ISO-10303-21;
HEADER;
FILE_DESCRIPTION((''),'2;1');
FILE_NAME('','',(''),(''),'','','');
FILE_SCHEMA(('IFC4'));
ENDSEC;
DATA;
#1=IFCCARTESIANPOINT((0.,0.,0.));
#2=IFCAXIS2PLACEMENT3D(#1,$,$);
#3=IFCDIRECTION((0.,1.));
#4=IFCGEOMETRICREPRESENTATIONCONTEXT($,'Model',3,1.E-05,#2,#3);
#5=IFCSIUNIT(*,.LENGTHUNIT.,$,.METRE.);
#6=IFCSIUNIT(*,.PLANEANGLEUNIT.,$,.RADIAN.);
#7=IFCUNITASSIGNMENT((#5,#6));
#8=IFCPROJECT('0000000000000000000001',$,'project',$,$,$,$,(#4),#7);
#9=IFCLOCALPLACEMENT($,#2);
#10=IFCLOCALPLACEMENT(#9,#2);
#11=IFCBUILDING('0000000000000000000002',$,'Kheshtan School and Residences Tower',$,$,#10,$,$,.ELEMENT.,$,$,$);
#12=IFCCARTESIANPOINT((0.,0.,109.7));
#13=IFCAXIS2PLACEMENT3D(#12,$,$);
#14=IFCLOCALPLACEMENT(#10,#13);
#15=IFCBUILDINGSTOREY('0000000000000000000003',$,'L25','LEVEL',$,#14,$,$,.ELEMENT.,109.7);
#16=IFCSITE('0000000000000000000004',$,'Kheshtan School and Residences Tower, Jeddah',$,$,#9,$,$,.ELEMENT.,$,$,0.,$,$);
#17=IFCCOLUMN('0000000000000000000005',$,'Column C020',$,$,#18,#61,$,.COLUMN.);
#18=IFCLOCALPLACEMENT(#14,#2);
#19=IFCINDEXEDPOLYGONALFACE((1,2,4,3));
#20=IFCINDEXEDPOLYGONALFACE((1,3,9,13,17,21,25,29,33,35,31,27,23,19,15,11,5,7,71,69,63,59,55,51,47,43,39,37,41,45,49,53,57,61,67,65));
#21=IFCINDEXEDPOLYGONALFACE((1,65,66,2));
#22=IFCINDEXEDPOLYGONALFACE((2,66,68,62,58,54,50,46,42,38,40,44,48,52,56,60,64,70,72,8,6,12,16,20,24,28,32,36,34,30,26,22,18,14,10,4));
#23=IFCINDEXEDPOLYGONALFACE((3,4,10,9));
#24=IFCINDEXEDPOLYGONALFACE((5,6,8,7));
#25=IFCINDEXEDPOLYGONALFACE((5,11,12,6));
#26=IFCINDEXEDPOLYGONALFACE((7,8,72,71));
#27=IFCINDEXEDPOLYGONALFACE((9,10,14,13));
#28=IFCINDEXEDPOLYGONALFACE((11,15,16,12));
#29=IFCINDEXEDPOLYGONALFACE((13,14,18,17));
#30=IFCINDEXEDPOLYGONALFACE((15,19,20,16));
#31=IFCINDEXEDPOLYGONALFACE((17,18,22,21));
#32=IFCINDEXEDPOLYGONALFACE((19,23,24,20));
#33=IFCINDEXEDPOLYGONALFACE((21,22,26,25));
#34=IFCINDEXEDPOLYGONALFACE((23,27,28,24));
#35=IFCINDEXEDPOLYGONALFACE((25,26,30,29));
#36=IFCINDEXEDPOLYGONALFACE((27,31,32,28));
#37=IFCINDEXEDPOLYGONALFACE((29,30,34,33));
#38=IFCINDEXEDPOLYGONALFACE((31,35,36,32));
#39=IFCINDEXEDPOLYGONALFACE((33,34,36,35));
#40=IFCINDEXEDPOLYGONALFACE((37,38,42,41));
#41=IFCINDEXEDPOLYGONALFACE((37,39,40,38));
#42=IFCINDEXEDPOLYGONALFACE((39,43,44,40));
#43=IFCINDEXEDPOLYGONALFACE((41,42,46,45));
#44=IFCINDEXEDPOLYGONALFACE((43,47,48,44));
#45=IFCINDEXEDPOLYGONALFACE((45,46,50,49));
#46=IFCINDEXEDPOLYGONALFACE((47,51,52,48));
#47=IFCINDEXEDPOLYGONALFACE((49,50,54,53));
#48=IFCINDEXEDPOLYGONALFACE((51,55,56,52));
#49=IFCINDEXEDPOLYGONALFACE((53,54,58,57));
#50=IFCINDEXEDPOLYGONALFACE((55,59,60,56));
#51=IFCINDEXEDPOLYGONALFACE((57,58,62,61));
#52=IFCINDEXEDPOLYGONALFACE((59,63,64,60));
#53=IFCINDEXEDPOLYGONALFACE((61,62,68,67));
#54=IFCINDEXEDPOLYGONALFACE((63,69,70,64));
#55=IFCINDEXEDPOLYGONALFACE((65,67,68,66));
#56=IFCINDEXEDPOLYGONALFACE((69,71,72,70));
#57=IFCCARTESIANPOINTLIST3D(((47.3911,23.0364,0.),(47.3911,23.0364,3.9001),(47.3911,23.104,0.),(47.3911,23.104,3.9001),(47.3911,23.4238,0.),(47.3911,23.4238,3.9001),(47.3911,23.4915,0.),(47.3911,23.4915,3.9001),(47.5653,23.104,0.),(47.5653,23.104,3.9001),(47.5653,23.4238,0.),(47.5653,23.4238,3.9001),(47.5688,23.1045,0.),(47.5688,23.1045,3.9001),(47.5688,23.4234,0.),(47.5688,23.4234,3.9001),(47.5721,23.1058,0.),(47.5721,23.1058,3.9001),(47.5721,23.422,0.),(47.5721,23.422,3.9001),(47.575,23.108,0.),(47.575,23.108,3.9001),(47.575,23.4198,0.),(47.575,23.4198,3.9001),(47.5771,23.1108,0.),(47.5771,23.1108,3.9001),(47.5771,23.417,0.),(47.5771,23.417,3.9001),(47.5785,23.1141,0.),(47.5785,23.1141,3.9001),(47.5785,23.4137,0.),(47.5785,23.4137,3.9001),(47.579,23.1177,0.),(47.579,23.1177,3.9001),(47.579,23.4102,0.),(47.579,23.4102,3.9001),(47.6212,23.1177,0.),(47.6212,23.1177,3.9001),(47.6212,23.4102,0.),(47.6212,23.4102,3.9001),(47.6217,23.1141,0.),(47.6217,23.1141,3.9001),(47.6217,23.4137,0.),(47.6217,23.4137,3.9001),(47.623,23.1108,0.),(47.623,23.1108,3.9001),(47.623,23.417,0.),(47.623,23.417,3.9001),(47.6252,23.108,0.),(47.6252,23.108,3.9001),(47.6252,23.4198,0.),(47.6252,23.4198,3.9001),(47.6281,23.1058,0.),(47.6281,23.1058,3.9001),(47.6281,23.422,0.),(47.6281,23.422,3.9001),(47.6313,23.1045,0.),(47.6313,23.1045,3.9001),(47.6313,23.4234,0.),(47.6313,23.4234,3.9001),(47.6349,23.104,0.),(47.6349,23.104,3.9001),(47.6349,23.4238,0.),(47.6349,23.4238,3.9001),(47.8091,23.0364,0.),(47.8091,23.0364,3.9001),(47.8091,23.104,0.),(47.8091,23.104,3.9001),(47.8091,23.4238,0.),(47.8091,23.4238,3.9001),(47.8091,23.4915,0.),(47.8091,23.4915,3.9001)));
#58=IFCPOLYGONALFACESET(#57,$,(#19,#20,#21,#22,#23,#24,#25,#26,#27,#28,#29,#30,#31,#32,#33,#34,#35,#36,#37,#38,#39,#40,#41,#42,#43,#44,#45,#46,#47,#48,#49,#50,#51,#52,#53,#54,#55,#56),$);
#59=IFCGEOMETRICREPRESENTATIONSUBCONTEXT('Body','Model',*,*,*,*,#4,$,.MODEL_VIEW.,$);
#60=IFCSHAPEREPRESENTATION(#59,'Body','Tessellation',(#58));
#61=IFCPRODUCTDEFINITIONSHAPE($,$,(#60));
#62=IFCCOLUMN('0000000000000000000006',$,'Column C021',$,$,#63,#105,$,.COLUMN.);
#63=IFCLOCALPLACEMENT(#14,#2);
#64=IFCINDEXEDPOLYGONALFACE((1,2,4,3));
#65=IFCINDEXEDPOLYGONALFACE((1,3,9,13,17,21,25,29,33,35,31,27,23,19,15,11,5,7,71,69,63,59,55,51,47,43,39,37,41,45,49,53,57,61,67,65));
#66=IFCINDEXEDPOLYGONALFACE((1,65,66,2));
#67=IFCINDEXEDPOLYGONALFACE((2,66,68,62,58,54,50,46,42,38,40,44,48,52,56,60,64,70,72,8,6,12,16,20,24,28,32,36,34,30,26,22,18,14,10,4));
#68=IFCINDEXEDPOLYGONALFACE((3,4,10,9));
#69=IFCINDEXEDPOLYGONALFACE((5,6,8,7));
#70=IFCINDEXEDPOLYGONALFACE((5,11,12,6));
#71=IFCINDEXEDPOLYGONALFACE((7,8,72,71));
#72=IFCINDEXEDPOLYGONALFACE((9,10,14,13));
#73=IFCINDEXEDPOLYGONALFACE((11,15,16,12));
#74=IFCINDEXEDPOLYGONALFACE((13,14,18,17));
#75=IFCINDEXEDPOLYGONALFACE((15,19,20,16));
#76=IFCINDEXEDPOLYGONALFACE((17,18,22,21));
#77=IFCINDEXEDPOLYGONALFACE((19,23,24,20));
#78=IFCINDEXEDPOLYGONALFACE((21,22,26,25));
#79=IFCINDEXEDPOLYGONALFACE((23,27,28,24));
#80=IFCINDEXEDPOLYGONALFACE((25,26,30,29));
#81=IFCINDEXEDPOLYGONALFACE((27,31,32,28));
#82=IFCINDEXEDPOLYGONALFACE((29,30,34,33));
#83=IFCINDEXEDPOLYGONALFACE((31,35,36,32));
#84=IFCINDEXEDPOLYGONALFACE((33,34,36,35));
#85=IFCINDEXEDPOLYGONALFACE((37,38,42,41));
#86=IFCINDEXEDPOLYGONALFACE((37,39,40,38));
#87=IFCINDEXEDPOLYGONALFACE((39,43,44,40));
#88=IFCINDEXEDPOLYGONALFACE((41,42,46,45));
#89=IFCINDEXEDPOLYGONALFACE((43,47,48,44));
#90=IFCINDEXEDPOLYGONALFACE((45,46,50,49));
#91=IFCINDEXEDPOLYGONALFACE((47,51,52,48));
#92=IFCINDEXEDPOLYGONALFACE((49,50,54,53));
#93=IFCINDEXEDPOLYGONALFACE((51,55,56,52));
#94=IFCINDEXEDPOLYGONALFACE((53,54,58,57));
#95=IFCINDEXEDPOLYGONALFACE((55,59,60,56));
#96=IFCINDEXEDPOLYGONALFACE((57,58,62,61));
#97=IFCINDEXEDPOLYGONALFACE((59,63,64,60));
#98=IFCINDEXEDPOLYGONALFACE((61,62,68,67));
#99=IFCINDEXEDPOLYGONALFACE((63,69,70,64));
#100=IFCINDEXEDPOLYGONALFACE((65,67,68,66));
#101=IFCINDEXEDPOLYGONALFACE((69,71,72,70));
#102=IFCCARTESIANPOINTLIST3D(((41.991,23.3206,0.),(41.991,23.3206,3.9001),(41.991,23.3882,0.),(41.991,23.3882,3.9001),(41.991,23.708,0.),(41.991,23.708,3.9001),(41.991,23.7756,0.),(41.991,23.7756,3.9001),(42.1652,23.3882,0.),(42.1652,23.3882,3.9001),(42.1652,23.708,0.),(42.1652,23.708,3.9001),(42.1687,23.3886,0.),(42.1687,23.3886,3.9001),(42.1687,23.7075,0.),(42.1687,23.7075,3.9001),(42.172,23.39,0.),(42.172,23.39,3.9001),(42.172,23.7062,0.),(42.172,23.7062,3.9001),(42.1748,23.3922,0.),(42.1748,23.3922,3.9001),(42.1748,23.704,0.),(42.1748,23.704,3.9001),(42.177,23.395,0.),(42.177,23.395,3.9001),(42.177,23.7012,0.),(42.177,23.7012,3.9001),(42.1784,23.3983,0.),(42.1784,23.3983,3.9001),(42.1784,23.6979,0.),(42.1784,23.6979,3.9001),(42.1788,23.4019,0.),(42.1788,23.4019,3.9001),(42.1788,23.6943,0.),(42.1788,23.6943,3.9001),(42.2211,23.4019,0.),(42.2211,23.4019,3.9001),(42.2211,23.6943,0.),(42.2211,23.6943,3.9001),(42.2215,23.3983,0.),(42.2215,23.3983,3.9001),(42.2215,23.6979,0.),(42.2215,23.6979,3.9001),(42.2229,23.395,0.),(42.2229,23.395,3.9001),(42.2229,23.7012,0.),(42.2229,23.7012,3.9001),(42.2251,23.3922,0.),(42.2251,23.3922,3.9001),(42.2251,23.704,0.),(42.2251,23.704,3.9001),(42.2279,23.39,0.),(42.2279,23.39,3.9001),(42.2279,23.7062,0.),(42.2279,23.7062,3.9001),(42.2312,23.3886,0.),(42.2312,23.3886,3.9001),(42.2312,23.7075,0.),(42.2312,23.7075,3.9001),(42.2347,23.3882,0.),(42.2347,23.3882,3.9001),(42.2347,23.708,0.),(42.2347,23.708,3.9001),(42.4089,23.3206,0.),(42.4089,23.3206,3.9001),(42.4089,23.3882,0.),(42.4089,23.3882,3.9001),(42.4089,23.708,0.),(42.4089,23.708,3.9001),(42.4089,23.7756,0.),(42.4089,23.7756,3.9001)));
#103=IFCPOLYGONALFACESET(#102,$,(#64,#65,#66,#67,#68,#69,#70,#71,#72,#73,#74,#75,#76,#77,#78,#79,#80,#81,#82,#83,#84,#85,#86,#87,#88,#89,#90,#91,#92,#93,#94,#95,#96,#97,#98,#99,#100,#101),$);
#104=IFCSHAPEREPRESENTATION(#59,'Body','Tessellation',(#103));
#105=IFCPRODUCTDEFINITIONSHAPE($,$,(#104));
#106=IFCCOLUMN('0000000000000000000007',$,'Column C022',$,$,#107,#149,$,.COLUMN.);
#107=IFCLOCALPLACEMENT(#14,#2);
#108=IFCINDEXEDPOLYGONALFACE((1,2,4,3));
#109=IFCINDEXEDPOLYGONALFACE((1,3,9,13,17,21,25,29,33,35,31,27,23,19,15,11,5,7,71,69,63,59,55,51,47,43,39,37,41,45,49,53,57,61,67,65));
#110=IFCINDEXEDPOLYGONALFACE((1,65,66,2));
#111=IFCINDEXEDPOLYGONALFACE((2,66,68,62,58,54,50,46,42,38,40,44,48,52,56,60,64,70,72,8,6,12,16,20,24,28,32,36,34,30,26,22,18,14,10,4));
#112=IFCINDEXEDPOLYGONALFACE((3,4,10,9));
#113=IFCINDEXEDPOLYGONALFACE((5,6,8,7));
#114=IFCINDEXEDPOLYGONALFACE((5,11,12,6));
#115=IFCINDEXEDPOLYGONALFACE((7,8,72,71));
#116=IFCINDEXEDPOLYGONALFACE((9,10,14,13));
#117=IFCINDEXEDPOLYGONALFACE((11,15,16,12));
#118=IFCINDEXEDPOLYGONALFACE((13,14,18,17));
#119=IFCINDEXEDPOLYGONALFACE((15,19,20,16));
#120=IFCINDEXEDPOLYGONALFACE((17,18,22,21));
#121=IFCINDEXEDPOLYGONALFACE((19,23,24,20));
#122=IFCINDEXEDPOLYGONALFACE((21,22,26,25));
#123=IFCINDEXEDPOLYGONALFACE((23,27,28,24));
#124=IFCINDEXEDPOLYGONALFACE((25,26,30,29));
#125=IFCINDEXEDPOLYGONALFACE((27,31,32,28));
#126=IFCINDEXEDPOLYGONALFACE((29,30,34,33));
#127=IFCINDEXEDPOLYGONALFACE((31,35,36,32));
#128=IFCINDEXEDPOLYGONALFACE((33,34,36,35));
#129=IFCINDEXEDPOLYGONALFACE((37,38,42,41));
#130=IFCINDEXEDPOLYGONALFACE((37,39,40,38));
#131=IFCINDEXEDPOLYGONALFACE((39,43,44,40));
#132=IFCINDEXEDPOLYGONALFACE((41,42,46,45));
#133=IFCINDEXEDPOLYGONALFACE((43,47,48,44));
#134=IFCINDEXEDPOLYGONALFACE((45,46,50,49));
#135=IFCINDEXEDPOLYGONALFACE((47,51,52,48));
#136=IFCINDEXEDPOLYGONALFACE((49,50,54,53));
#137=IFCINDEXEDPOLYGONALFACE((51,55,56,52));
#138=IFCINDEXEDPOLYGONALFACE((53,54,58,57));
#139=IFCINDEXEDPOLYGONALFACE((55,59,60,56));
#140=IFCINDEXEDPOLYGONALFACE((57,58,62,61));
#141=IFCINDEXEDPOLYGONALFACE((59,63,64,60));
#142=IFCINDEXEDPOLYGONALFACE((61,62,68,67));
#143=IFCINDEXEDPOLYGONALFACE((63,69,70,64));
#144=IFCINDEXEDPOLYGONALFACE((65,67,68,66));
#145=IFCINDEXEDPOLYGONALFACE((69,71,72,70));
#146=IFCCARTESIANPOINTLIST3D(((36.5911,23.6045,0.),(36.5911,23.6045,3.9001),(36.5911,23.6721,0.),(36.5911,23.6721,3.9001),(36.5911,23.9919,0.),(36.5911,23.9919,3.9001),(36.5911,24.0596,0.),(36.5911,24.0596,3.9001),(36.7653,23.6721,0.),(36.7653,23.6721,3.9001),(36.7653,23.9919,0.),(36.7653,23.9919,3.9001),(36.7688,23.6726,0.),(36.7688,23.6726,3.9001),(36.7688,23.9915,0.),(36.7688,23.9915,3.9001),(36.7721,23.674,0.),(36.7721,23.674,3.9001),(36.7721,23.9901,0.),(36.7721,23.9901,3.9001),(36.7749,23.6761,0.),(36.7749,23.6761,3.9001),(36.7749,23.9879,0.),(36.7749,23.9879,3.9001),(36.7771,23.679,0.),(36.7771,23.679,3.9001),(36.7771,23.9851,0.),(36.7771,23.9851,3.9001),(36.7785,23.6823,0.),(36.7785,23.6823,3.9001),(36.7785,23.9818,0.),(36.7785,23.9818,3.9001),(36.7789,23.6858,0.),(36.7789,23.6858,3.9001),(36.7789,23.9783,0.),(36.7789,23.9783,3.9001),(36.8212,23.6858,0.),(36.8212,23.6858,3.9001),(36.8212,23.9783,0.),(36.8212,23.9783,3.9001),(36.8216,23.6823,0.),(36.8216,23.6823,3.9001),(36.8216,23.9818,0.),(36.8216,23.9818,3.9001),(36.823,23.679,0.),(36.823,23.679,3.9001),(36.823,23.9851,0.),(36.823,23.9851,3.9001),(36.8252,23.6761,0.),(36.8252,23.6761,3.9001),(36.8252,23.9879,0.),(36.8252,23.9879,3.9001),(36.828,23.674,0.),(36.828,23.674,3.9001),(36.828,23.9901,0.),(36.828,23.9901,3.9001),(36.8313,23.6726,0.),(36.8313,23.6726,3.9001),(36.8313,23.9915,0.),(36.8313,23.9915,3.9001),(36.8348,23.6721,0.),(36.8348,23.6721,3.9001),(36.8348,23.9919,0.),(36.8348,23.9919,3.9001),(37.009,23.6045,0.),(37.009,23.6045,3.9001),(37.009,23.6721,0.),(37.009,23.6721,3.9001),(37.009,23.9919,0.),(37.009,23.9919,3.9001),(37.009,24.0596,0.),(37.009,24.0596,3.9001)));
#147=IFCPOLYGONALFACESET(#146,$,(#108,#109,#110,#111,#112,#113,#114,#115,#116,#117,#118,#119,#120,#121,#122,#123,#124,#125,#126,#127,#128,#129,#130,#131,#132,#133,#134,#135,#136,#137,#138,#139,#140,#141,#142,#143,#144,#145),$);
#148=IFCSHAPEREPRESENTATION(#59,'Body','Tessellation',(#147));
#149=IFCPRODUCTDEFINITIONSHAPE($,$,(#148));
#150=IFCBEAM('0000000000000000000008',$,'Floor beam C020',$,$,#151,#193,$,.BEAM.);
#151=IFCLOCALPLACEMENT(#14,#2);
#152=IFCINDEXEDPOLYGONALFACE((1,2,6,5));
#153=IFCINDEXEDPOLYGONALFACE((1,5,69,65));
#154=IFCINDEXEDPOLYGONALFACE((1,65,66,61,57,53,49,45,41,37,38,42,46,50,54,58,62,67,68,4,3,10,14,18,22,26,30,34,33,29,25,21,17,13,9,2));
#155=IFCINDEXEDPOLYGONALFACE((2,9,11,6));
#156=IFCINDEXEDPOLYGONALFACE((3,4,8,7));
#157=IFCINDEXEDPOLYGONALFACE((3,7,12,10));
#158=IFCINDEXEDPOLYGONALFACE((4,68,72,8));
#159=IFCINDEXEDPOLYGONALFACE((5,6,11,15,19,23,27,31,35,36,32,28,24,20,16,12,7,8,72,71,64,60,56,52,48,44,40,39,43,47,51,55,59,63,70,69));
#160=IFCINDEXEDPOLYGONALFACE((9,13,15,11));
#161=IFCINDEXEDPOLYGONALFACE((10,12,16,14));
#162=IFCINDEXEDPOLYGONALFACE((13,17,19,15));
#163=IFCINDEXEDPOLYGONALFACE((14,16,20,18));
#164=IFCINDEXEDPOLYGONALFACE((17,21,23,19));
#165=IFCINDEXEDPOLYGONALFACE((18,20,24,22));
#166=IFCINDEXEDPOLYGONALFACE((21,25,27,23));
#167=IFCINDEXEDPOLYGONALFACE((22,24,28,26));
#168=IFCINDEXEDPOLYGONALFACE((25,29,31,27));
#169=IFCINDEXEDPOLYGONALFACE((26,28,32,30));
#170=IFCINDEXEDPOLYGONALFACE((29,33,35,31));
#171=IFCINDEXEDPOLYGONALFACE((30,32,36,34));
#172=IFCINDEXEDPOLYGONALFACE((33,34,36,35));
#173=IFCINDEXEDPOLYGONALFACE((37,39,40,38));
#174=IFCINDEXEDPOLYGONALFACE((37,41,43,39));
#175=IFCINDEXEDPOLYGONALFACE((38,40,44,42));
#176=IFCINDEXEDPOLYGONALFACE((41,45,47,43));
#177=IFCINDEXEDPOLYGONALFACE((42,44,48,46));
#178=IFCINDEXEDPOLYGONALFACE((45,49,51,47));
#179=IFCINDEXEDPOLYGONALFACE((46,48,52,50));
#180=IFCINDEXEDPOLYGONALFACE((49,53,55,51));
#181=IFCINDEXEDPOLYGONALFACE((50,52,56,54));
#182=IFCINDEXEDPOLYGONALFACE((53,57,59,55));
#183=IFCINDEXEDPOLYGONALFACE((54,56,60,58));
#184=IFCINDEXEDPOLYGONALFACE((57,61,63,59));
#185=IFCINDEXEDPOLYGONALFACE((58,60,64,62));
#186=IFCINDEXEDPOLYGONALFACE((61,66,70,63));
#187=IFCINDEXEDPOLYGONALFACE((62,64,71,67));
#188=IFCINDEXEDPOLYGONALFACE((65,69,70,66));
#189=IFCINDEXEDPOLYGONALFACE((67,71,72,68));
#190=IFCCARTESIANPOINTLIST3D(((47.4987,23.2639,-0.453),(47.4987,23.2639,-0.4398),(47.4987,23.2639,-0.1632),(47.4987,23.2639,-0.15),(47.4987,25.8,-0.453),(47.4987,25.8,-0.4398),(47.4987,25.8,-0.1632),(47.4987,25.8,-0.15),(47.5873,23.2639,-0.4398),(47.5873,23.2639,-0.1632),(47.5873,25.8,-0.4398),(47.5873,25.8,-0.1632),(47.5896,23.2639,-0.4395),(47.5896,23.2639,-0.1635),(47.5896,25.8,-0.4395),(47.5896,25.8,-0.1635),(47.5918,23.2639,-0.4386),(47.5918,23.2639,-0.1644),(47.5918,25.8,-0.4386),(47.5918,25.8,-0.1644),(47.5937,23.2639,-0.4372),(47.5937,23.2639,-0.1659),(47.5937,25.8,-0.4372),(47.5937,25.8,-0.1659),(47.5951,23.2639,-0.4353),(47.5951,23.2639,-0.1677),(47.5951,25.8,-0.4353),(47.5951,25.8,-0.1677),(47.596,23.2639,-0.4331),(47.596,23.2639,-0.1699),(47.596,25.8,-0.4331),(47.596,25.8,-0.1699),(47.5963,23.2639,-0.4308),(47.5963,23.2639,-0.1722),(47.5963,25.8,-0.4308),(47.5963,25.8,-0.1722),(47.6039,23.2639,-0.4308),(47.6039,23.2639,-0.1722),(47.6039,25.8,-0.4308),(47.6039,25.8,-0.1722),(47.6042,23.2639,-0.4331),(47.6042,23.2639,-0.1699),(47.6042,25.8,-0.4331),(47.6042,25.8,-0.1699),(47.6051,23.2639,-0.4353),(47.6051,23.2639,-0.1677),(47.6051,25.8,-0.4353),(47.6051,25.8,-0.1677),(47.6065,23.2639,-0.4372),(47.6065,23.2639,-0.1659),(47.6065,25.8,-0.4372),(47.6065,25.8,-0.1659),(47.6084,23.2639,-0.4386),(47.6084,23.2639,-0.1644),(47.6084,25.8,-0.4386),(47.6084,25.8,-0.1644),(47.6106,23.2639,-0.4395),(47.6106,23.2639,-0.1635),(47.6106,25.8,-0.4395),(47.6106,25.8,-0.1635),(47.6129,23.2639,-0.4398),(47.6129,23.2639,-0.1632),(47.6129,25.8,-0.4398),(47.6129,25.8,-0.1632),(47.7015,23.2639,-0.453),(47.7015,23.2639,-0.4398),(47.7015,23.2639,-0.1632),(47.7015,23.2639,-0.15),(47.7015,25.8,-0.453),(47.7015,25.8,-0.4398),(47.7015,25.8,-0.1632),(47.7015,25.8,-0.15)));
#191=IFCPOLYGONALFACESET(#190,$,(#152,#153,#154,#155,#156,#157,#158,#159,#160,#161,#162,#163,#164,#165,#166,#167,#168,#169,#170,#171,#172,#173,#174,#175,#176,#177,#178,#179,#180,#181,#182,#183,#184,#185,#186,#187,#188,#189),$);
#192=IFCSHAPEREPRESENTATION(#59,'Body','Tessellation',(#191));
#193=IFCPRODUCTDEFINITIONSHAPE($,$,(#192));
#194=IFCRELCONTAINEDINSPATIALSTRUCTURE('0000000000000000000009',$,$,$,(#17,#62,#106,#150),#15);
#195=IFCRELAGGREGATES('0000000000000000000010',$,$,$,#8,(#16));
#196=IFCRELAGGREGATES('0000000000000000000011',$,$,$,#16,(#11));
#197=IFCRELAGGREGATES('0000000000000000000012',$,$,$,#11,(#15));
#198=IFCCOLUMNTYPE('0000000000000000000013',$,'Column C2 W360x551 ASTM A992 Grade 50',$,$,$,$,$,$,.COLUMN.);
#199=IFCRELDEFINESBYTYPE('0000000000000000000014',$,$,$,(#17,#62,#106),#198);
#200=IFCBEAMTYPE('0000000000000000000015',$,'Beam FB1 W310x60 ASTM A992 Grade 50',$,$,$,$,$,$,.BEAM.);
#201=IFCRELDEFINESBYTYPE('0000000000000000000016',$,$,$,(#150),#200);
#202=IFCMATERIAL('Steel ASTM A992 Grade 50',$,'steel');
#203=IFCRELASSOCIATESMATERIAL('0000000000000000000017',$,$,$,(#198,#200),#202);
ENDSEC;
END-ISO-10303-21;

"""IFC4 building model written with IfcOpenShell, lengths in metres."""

from ifc_helpers import new_model, si_unit, direction, frame, origin, origin_2d, place, context, subcontext, project, spatial, i_section, extrude, material, material_profile, profile_set, type_object, element, save


model = new_model("IFC4")

# Units and contexts
model_context = context("Model", 3, precision=1e-05, world=origin(), true_north=direction((0.0, 1.0)))
body_context = subcontext(model_context, "Body", "Model", "MODEL_VIEW")
ifc_project = project(units=[si_unit("LENGTHUNIT", "METRE"), si_unit("PLANEANGLEUNIT", "RADIAN")], contexts=[model_context])

# Site, building, storey
site_placement = place(None, origin())
site = spatial("IfcSite", under=ifc_project, at=site_placement, Name="Kheshtan School and Residences Tower, Jeddah", CompositionType="ELEMENT", RefElevation=0.0)
building_placement = place(site_placement, origin())
building = spatial("IfcBuilding", under=site, at=building_placement, Name="Kheshtan School and Residences Tower", CompositionType="ELEMENT")
storey_placement = place(building_placement, frame((0.0, 0.0, 109.7)))
storey = spatial("IfcBuildingStorey", under=building, at=storey_placement, Name="L25", Description="LEVEL", CompositionType="ELEMENT", Elevation=109.7)

# Columns
ifc_material_1 = material(Name="Steel ASTM A992 Grade 50", Category="steel")
ifc_material_profile_1 = material_profile(ifc_material_1, i_section(OverallWidth=0.418, OverallDepth=0.4551, WebThickness=0.0422, FlangeThickness=0.0676, FilletRadius=0.0137, at=origin_2d()), Name="W360x551")
ifc_profile_set_1 = profile_set([ifc_material_profile_1], Name="Steel ASTM A992 Grade 50")
column_type = type_object("IfcColumnType", Name="Column C2 W360x551 ASTM A992 Grade 50", PredefinedType="COLUMN", material=ifc_profile_set_1)
for number, where, z_axis, x_axis, name in (
    (1, (47.6001, 23.2639, 0.0), (0.0, 0.0, 1.0), (1.0, 0.0, 0.0), "Column C020"),
    (2, (42.2, 23.5481, 0.0), (0.0, 0.0, 1.0), (1.0, 0.0, 0.0), "Column C021"),
    (3, (36.8, 23.832, 0.0), (0.0, 0.0, 1.0), (1.0, 0.0, 0.0), "Column C022"),
):
    element("IfcColumn", number, at=place(storey_placement, frame(where, z_axis=z_axis, x_axis=x_axis)), inside=storey, type_object=column_type, Name=name, PredefinedType="COLUMN", context=body_context, shape_type="SweptSolid", body=[
        extrude(i_section(OverallWidth=0.418, OverallDepth=0.4551, WebThickness=0.0422, FlangeThickness=0.0676, FilletRadius=0.0137, at=origin_2d()), origin(), (0.0, 0.0, 1.0), 3.9001),
    ])

# Beam
ifc_material_profile_2 = material_profile(ifc_material_1, i_section(OverallWidth=0.2029, OverallDepth=0.303, WebThickness=0.0076, FlangeThickness=0.0132, FilletRadius=0.009, at=origin_2d()), Name="W310x60")
ifc_profile_set_2 = profile_set([ifc_material_profile_2], Name="Steel ASTM A992 Grade 50")
beam_type_1 = type_object("IfcBeamType", Name="Beam FB1 W310x60 ASTM A992 Grade 50", PredefinedType="BEAM", material=ifc_profile_set_2)
beam_1_placement = place(storey_placement, frame((47.6001, 23.2639, -0.3015), z_axis=(0.0, 1.0, 0.0), x_axis=(-1.0, 0.0, 0.0)))
element("IfcBeam", 4, at=beam_1_placement, inside=storey, type_object=beam_type_1, Name="Floor beam C020", PredefinedType="BEAM", context=body_context, shape_type="SweptSolid", body=[
    extrude(i_section(OverallWidth=0.2029, OverallDepth=0.303, WebThickness=0.0076, FlangeThickness=0.0132, FilletRadius=0.009, at=origin_2d()), origin(), (0.0, 0.0, 1.0), 2.5361),
])

save(model, "model.ifc")
